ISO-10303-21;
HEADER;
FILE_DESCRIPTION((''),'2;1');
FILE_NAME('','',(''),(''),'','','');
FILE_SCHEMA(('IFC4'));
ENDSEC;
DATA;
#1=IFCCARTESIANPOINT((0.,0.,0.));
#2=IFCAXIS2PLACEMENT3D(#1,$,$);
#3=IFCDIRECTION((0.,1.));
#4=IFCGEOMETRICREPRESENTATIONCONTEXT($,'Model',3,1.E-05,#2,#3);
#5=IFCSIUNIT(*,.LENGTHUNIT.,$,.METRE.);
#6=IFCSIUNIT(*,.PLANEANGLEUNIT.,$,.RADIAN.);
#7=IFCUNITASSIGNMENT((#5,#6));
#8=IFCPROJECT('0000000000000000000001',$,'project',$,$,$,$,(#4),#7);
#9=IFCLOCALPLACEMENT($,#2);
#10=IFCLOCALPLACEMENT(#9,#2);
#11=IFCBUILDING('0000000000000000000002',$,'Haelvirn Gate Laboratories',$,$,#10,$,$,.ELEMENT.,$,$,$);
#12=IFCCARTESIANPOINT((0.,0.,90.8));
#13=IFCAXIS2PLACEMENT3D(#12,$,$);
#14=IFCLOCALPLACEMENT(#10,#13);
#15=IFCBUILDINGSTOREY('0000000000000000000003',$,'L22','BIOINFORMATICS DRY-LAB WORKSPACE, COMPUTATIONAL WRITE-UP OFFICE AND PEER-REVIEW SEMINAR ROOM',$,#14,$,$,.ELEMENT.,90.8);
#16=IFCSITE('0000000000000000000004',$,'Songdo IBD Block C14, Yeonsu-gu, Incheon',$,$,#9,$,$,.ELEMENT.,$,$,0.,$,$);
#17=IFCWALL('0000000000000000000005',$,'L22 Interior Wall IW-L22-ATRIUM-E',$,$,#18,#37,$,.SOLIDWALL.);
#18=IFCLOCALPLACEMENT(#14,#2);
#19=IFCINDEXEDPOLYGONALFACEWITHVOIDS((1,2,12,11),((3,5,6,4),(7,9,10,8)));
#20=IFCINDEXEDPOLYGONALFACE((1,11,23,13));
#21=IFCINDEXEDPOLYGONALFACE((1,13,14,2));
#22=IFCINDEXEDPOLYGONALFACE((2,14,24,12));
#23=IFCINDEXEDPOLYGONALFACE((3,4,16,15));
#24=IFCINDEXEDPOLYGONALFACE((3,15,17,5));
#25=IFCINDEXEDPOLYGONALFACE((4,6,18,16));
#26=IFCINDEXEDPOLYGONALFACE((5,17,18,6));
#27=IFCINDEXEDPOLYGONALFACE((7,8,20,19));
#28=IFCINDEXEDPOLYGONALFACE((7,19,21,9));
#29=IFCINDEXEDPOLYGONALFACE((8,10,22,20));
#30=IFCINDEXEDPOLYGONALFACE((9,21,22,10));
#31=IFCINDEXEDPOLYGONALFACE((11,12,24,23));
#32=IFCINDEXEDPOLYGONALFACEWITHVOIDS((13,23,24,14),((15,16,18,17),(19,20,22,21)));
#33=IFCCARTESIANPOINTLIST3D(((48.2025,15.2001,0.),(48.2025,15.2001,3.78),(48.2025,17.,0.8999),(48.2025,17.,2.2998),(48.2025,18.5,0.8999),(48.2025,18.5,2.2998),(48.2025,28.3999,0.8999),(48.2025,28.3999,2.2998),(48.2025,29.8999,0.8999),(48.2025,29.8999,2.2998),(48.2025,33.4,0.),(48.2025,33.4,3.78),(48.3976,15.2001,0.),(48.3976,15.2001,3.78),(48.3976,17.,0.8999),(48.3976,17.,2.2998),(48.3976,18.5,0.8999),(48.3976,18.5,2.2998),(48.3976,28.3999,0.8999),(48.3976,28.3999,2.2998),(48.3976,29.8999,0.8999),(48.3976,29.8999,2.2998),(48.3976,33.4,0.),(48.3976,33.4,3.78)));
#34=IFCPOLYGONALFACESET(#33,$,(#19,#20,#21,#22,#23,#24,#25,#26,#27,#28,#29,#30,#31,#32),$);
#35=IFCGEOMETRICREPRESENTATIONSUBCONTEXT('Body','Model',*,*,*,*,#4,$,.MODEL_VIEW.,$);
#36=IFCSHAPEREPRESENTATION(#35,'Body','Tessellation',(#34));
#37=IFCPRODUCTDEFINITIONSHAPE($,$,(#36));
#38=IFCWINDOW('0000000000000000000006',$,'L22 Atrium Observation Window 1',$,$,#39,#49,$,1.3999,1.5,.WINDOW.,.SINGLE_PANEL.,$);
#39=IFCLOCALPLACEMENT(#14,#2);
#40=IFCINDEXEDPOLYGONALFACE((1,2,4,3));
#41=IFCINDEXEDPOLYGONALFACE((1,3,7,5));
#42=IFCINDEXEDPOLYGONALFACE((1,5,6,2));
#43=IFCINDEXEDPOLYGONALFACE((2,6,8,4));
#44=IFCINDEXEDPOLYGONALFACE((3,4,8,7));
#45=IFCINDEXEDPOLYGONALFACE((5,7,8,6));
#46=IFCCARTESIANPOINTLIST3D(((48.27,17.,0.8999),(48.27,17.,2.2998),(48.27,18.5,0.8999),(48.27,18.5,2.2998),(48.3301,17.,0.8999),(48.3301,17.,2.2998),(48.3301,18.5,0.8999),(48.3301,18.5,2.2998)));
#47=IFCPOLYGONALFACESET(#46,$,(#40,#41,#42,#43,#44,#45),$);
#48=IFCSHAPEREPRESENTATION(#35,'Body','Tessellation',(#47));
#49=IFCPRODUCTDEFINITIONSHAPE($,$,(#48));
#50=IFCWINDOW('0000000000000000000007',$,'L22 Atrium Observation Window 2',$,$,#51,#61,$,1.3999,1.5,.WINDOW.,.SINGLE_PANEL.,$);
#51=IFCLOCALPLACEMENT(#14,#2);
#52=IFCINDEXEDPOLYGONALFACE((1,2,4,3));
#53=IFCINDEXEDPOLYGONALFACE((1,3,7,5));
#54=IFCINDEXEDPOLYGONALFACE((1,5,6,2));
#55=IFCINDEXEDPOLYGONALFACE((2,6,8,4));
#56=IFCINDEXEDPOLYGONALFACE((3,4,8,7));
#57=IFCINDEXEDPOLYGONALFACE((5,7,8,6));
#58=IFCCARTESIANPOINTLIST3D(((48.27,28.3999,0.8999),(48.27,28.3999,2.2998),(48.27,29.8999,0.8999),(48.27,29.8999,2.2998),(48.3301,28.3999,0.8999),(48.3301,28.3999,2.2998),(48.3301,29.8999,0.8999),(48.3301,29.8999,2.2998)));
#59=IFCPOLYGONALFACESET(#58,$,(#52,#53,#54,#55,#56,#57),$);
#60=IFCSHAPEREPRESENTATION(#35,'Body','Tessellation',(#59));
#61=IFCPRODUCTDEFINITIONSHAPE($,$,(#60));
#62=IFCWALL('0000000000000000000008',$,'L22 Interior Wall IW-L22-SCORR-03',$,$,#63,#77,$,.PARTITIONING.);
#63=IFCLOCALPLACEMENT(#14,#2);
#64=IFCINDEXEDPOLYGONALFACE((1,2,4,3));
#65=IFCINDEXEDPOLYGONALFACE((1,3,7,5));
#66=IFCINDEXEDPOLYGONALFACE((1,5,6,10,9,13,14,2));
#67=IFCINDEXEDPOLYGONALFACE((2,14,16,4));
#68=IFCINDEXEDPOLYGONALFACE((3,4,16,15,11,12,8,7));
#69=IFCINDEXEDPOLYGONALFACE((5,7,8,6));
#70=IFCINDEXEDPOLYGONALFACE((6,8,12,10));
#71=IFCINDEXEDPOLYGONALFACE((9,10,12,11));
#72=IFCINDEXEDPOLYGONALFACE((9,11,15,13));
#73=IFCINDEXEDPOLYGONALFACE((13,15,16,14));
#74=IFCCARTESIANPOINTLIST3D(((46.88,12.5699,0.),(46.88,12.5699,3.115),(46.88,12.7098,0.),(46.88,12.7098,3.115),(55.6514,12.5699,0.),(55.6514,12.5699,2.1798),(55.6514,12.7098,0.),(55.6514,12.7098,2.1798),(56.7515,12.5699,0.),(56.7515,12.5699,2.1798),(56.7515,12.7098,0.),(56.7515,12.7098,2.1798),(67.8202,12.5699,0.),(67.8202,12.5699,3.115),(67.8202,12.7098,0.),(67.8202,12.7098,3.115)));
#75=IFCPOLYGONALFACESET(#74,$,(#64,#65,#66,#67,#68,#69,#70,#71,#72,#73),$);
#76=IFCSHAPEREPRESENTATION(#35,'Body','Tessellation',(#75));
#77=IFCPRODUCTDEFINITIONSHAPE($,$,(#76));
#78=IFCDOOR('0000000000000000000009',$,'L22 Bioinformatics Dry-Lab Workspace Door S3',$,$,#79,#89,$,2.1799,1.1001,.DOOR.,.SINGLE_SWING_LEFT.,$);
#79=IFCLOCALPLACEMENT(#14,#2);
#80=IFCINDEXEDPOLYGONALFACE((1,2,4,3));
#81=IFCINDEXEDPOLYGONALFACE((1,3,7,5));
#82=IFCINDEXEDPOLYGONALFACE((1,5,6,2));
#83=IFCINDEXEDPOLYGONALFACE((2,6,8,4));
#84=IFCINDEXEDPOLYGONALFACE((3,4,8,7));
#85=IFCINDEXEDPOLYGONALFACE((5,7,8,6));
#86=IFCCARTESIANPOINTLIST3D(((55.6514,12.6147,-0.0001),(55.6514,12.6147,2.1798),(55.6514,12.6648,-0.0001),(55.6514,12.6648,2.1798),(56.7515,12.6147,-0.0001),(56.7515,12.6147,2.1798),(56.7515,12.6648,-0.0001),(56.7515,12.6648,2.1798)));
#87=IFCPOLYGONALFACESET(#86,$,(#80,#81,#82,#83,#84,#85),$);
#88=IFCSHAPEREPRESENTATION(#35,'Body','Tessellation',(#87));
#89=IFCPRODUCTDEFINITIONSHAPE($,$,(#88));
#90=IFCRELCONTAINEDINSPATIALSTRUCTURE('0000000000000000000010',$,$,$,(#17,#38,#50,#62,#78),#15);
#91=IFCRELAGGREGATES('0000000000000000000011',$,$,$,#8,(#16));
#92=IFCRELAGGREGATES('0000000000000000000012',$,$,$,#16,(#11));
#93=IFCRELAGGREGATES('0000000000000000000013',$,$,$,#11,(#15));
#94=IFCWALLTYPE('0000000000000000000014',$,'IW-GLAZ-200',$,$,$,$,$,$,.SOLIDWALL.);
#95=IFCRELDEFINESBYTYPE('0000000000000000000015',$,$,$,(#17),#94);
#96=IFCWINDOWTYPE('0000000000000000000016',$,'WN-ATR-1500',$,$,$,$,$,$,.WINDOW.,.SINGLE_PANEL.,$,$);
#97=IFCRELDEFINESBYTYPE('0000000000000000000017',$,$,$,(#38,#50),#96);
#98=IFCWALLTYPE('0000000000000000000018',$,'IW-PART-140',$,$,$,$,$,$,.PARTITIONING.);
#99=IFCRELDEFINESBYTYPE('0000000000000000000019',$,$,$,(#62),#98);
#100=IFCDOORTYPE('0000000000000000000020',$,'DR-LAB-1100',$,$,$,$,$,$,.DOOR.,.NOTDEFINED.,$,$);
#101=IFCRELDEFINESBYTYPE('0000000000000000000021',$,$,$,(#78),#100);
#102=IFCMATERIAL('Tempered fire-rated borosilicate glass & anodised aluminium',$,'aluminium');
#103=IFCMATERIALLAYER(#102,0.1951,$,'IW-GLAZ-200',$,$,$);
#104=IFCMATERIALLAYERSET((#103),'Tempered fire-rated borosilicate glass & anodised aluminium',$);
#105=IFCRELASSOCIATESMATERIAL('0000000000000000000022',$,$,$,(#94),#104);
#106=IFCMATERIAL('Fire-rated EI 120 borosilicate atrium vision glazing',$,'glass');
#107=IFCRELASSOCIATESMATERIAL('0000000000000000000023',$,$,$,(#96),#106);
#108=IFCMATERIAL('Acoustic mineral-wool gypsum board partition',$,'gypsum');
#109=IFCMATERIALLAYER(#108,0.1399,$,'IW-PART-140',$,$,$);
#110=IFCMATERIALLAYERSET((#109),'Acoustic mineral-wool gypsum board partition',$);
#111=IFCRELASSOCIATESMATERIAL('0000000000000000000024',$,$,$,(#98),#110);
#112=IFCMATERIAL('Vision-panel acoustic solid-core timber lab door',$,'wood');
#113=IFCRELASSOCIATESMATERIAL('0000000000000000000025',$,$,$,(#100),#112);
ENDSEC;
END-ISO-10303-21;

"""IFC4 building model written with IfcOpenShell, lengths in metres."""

from ifc_helpers import new_model, si_unit, direction, frame, frame_2d, origin, place, context, subcontext, project, spatial, rectangle, extrude, source, transform, mapped, material, layer, layer_set, type_object, type_shapes, element, fill, save


model = new_model("IFC4")

# Units and contexts
model_context = context("Model", 3, precision=1e-05, world=origin(), true_north=direction((0.0, 1.0)))
body_context = subcontext(model_context, "Body", "Model", "MODEL_VIEW")
ifc_project = project(units=[si_unit("LENGTHUNIT", "METRE"), si_unit("PLANEANGLEUNIT", "RADIAN")], contexts=[model_context])

# Site, building, storey
site_placement = place(None, origin())
site = spatial("IfcSite", under=ifc_project, at=site_placement, Name="Songdo IBD Block C14, Yeonsu-gu, Incheon", CompositionType="ELEMENT", RefElevation=0.0)
building_placement = place(site_placement, origin())
building = spatial("IfcBuilding", under=site, at=building_placement, Name="Haelvirn Gate Laboratories", CompositionType="ELEMENT")
storey_placement = place(building_placement, frame((0.0, 0.0, 90.8)))
storey = spatial("IfcBuildingStorey", under=building, at=storey_placement, Name="L22", Description="BIOINFORMATICS DRY-LAB WORKSPACE, COMPUTATIONAL WRITE-UP OFFICE AND PEER-REVIEW SEMINAR ROOM", CompositionType="ELEMENT", Elevation=90.8)

# Wall, openings, windows
ifc_material_1 = material(Name="Tempered fire-rated borosilicate glass & anodised aluminium", Category="aluminium")
ifc_layer_1 = layer(ifc_material_1, 0.1951, Name="IW-GLAZ-200")
ifc_layer_set_1 = layer_set([ifc_layer_1], Name="Tempered fire-rated borosilicate glass & anodised aluminium")
wall_type_1 = type_object("IfcWallType", Name="IW-GLAZ-200", PredefinedType="SOLIDWALL", material=ifc_layer_set_1)
wall_1_placement = place(storey_placement, frame((48.3, 15.2, 0.0), z_axis=(0.0, 0.0, 1.0), x_axis=(0.0, 1.0, 0.0)))
wall_1 = element("IfcWall", 1, at=wall_1_placement, inside=storey, type_object=wall_type_1, Name="L22 Interior Wall IW-L22-ATRIUM-E", PredefinedType="SOLIDWALL", context=body_context, shape_type="SweptSolid", body=[
    extrude(rectangle(XDim=18.2, YDim=0.1951, at=frame_2d((9.1001, 0.0))), origin(), (0.0, 0.0, 1.0), 3.78),
])
opening_1_placement = place(wall_1_placement, frame((1.8, 0.0, 0.8999)))
opening_1 = element("IfcOpeningElement", 2, at=opening_1_placement, cuts=wall_1, PredefinedType="OPENING", context=body_context, shape_type="SweptSolid", body=[
    extrude(rectangle(XDim=1.5, YDim=1.3999, at=frame_2d((0.75, 0.7))), frame((0.0, 0.1074, 0.0), z_axis=(0.0, -1.0, 0.0), x_axis=(1.0, 0.0, 0.0)), (0.0, 0.0, 1.0), 0.2151),
])
opening_2_placement = place(wall_1_placement, frame((13.2, 0.0, 0.8999)))
opening_2 = element("IfcOpeningElement", 3, at=opening_2_placement, cuts=wall_1, PredefinedType="OPENING", context=body_context, shape_type="SweptSolid", body=[
    extrude(rectangle(XDim=1.5, YDim=1.3999, at=frame_2d((0.75, 0.7))), frame((0.0, 0.1074, 0.0), z_axis=(0.0, -1.0, 0.0), x_axis=(1.0, 0.0, 0.0)), (0.0, 0.0, 1.0), 0.2151),
])
ifc_material_2 = material(Name="Fire-rated EI 120 borosilicate atrium vision glazing", Category="glass")
window_type = type_object("IfcWindowType", Name="WN-ATR-1500", PartitioningType="SINGLE_PANEL", PredefinedType="WINDOW", material=ifc_material_2)
shared_shape_1 = source(origin(), body_context, "Body", "SweptSolid", [
    extrude(rectangle(XDim=1.5, YDim=1.3999, at=frame_2d((0.75, 0.7))), frame((0.0, 0.03, 0.0), z_axis=(0.0, -1.0, 0.0), x_axis=(1.0, 0.0, 0.0)), (0.0, 0.0, 1.0), 0.0601),
])
type_shapes(window_type, [shared_shape_1])
window_1_placement = place(opening_1_placement, origin())
window_1 = element("IfcWindow", 4, at=window_1_placement, inside=storey, type_object=window_type, Name="L22 Atrium Observation Window 1", OverallHeight=1.3999, OverallWidth=1.5, PartitioningType="SINGLE_PANEL", PredefinedType="WINDOW", context=body_context, shape_type="MappedRepresentation", body=[
    mapped(shared_shape_1, transform((0.0, 0.0, 0.0), scale=1.0)),
])
fill(opening_1, window_1)
window_2_placement = place(opening_2_placement, origin())
window_2 = element("IfcWindow", 5, at=window_2_placement, inside=storey, type_object=window_type, Name="L22 Atrium Observation Window 2", OverallHeight=1.3999, OverallWidth=1.5, PartitioningType="SINGLE_PANEL", PredefinedType="WINDOW", context=body_context, shape_type="MappedRepresentation", body=[
    mapped(shared_shape_1, transform((0.0, 0.0, 0.0), scale=1.0)),
])
fill(opening_2, window_2)

# Wall, opening, door
ifc_material_3 = material(Name="Acoustic mineral-wool gypsum board partition", Category="gypsum")
ifc_layer_2 = layer(ifc_material_3, 0.1399, Name="IW-PART-140")
ifc_layer_set_2 = layer_set([ifc_layer_2], Name="Acoustic mineral-wool gypsum board partition")
wall_type_2 = type_object("IfcWallType", Name="IW-PART-140", PredefinedType="PARTITIONING", material=ifc_layer_set_2)
wall_2_placement = place(storey_placement, frame((46.8799, 12.6399, 0.0), z_axis=(0.0, 0.0, 1.0), x_axis=(1.0, 0.0, 0.0)))
wall_2 = element("IfcWall", 6, at=wall_2_placement, inside=storey, type_object=wall_type_2, Name="L22 Interior Wall IW-L22-SCORR-03", PredefinedType="PARTITIONING", context=body_context, shape_type="SweptSolid", body=[
    extrude(rectangle(XDim=20.9402, YDim=0.1399, at=frame_2d((10.4702, 0.0))), origin(), (0.0, 0.0, 1.0), 3.115),
])
opening_3_placement = place(wall_2_placement, frame((8.7715, 0.0, 0.0)))
opening_3 = element("IfcOpeningElement", 7, at=opening_3_placement, cuts=wall_2, PredefinedType="OPENING", context=body_context, shape_type="SweptSolid", body=[
    extrude(rectangle(XDim=1.1001, YDim=2.1799, at=frame_2d((0.55, 1.0898))), frame((0.0, 0.0801, 0.0), z_axis=(0.0, -1.0, 0.0), x_axis=(1.0, 0.0, 0.0)), (0.0, 0.0, 1.0), 0.1599),
])
ifc_material_4 = material(Name="Vision-panel acoustic solid-core timber lab door", Category="wood")
door_type = type_object("IfcDoorType", Name="DR-LAB-1100", OperationType="NOTDEFINED", PredefinedType="DOOR", material=ifc_material_4)
shared_shape_2 = source(origin(), body_context, "Body", "SweptSolid", [
    extrude(rectangle(XDim=1.1001, YDim=2.1799, at=frame_2d((0.55, 1.0898))), frame((0.0, 0.0249, 0.0), z_axis=(0.0, -1.0, 0.0), x_axis=(1.0, 0.0, 0.0)), (0.0, 0.0, 1.0), 0.05),
])
type_shapes(door_type, [shared_shape_2])
door_placement = place(opening_3_placement, origin())
door = element("IfcDoor", 8, at=door_placement, inside=storey, type_object=door_type, Name="L22 Bioinformatics Dry-Lab Workspace Door S3", OperationType="SINGLE_SWING_LEFT", OverallHeight=2.1799, OverallWidth=1.1001, PredefinedType="DOOR", context=body_context, shape_type="MappedRepresentation", body=[
    mapped(shared_shape_2, transform((0.0, 0.0, 0.0), scale=1.0)),
])
fill(opening_3, door)

save(model, "model.ifc")
